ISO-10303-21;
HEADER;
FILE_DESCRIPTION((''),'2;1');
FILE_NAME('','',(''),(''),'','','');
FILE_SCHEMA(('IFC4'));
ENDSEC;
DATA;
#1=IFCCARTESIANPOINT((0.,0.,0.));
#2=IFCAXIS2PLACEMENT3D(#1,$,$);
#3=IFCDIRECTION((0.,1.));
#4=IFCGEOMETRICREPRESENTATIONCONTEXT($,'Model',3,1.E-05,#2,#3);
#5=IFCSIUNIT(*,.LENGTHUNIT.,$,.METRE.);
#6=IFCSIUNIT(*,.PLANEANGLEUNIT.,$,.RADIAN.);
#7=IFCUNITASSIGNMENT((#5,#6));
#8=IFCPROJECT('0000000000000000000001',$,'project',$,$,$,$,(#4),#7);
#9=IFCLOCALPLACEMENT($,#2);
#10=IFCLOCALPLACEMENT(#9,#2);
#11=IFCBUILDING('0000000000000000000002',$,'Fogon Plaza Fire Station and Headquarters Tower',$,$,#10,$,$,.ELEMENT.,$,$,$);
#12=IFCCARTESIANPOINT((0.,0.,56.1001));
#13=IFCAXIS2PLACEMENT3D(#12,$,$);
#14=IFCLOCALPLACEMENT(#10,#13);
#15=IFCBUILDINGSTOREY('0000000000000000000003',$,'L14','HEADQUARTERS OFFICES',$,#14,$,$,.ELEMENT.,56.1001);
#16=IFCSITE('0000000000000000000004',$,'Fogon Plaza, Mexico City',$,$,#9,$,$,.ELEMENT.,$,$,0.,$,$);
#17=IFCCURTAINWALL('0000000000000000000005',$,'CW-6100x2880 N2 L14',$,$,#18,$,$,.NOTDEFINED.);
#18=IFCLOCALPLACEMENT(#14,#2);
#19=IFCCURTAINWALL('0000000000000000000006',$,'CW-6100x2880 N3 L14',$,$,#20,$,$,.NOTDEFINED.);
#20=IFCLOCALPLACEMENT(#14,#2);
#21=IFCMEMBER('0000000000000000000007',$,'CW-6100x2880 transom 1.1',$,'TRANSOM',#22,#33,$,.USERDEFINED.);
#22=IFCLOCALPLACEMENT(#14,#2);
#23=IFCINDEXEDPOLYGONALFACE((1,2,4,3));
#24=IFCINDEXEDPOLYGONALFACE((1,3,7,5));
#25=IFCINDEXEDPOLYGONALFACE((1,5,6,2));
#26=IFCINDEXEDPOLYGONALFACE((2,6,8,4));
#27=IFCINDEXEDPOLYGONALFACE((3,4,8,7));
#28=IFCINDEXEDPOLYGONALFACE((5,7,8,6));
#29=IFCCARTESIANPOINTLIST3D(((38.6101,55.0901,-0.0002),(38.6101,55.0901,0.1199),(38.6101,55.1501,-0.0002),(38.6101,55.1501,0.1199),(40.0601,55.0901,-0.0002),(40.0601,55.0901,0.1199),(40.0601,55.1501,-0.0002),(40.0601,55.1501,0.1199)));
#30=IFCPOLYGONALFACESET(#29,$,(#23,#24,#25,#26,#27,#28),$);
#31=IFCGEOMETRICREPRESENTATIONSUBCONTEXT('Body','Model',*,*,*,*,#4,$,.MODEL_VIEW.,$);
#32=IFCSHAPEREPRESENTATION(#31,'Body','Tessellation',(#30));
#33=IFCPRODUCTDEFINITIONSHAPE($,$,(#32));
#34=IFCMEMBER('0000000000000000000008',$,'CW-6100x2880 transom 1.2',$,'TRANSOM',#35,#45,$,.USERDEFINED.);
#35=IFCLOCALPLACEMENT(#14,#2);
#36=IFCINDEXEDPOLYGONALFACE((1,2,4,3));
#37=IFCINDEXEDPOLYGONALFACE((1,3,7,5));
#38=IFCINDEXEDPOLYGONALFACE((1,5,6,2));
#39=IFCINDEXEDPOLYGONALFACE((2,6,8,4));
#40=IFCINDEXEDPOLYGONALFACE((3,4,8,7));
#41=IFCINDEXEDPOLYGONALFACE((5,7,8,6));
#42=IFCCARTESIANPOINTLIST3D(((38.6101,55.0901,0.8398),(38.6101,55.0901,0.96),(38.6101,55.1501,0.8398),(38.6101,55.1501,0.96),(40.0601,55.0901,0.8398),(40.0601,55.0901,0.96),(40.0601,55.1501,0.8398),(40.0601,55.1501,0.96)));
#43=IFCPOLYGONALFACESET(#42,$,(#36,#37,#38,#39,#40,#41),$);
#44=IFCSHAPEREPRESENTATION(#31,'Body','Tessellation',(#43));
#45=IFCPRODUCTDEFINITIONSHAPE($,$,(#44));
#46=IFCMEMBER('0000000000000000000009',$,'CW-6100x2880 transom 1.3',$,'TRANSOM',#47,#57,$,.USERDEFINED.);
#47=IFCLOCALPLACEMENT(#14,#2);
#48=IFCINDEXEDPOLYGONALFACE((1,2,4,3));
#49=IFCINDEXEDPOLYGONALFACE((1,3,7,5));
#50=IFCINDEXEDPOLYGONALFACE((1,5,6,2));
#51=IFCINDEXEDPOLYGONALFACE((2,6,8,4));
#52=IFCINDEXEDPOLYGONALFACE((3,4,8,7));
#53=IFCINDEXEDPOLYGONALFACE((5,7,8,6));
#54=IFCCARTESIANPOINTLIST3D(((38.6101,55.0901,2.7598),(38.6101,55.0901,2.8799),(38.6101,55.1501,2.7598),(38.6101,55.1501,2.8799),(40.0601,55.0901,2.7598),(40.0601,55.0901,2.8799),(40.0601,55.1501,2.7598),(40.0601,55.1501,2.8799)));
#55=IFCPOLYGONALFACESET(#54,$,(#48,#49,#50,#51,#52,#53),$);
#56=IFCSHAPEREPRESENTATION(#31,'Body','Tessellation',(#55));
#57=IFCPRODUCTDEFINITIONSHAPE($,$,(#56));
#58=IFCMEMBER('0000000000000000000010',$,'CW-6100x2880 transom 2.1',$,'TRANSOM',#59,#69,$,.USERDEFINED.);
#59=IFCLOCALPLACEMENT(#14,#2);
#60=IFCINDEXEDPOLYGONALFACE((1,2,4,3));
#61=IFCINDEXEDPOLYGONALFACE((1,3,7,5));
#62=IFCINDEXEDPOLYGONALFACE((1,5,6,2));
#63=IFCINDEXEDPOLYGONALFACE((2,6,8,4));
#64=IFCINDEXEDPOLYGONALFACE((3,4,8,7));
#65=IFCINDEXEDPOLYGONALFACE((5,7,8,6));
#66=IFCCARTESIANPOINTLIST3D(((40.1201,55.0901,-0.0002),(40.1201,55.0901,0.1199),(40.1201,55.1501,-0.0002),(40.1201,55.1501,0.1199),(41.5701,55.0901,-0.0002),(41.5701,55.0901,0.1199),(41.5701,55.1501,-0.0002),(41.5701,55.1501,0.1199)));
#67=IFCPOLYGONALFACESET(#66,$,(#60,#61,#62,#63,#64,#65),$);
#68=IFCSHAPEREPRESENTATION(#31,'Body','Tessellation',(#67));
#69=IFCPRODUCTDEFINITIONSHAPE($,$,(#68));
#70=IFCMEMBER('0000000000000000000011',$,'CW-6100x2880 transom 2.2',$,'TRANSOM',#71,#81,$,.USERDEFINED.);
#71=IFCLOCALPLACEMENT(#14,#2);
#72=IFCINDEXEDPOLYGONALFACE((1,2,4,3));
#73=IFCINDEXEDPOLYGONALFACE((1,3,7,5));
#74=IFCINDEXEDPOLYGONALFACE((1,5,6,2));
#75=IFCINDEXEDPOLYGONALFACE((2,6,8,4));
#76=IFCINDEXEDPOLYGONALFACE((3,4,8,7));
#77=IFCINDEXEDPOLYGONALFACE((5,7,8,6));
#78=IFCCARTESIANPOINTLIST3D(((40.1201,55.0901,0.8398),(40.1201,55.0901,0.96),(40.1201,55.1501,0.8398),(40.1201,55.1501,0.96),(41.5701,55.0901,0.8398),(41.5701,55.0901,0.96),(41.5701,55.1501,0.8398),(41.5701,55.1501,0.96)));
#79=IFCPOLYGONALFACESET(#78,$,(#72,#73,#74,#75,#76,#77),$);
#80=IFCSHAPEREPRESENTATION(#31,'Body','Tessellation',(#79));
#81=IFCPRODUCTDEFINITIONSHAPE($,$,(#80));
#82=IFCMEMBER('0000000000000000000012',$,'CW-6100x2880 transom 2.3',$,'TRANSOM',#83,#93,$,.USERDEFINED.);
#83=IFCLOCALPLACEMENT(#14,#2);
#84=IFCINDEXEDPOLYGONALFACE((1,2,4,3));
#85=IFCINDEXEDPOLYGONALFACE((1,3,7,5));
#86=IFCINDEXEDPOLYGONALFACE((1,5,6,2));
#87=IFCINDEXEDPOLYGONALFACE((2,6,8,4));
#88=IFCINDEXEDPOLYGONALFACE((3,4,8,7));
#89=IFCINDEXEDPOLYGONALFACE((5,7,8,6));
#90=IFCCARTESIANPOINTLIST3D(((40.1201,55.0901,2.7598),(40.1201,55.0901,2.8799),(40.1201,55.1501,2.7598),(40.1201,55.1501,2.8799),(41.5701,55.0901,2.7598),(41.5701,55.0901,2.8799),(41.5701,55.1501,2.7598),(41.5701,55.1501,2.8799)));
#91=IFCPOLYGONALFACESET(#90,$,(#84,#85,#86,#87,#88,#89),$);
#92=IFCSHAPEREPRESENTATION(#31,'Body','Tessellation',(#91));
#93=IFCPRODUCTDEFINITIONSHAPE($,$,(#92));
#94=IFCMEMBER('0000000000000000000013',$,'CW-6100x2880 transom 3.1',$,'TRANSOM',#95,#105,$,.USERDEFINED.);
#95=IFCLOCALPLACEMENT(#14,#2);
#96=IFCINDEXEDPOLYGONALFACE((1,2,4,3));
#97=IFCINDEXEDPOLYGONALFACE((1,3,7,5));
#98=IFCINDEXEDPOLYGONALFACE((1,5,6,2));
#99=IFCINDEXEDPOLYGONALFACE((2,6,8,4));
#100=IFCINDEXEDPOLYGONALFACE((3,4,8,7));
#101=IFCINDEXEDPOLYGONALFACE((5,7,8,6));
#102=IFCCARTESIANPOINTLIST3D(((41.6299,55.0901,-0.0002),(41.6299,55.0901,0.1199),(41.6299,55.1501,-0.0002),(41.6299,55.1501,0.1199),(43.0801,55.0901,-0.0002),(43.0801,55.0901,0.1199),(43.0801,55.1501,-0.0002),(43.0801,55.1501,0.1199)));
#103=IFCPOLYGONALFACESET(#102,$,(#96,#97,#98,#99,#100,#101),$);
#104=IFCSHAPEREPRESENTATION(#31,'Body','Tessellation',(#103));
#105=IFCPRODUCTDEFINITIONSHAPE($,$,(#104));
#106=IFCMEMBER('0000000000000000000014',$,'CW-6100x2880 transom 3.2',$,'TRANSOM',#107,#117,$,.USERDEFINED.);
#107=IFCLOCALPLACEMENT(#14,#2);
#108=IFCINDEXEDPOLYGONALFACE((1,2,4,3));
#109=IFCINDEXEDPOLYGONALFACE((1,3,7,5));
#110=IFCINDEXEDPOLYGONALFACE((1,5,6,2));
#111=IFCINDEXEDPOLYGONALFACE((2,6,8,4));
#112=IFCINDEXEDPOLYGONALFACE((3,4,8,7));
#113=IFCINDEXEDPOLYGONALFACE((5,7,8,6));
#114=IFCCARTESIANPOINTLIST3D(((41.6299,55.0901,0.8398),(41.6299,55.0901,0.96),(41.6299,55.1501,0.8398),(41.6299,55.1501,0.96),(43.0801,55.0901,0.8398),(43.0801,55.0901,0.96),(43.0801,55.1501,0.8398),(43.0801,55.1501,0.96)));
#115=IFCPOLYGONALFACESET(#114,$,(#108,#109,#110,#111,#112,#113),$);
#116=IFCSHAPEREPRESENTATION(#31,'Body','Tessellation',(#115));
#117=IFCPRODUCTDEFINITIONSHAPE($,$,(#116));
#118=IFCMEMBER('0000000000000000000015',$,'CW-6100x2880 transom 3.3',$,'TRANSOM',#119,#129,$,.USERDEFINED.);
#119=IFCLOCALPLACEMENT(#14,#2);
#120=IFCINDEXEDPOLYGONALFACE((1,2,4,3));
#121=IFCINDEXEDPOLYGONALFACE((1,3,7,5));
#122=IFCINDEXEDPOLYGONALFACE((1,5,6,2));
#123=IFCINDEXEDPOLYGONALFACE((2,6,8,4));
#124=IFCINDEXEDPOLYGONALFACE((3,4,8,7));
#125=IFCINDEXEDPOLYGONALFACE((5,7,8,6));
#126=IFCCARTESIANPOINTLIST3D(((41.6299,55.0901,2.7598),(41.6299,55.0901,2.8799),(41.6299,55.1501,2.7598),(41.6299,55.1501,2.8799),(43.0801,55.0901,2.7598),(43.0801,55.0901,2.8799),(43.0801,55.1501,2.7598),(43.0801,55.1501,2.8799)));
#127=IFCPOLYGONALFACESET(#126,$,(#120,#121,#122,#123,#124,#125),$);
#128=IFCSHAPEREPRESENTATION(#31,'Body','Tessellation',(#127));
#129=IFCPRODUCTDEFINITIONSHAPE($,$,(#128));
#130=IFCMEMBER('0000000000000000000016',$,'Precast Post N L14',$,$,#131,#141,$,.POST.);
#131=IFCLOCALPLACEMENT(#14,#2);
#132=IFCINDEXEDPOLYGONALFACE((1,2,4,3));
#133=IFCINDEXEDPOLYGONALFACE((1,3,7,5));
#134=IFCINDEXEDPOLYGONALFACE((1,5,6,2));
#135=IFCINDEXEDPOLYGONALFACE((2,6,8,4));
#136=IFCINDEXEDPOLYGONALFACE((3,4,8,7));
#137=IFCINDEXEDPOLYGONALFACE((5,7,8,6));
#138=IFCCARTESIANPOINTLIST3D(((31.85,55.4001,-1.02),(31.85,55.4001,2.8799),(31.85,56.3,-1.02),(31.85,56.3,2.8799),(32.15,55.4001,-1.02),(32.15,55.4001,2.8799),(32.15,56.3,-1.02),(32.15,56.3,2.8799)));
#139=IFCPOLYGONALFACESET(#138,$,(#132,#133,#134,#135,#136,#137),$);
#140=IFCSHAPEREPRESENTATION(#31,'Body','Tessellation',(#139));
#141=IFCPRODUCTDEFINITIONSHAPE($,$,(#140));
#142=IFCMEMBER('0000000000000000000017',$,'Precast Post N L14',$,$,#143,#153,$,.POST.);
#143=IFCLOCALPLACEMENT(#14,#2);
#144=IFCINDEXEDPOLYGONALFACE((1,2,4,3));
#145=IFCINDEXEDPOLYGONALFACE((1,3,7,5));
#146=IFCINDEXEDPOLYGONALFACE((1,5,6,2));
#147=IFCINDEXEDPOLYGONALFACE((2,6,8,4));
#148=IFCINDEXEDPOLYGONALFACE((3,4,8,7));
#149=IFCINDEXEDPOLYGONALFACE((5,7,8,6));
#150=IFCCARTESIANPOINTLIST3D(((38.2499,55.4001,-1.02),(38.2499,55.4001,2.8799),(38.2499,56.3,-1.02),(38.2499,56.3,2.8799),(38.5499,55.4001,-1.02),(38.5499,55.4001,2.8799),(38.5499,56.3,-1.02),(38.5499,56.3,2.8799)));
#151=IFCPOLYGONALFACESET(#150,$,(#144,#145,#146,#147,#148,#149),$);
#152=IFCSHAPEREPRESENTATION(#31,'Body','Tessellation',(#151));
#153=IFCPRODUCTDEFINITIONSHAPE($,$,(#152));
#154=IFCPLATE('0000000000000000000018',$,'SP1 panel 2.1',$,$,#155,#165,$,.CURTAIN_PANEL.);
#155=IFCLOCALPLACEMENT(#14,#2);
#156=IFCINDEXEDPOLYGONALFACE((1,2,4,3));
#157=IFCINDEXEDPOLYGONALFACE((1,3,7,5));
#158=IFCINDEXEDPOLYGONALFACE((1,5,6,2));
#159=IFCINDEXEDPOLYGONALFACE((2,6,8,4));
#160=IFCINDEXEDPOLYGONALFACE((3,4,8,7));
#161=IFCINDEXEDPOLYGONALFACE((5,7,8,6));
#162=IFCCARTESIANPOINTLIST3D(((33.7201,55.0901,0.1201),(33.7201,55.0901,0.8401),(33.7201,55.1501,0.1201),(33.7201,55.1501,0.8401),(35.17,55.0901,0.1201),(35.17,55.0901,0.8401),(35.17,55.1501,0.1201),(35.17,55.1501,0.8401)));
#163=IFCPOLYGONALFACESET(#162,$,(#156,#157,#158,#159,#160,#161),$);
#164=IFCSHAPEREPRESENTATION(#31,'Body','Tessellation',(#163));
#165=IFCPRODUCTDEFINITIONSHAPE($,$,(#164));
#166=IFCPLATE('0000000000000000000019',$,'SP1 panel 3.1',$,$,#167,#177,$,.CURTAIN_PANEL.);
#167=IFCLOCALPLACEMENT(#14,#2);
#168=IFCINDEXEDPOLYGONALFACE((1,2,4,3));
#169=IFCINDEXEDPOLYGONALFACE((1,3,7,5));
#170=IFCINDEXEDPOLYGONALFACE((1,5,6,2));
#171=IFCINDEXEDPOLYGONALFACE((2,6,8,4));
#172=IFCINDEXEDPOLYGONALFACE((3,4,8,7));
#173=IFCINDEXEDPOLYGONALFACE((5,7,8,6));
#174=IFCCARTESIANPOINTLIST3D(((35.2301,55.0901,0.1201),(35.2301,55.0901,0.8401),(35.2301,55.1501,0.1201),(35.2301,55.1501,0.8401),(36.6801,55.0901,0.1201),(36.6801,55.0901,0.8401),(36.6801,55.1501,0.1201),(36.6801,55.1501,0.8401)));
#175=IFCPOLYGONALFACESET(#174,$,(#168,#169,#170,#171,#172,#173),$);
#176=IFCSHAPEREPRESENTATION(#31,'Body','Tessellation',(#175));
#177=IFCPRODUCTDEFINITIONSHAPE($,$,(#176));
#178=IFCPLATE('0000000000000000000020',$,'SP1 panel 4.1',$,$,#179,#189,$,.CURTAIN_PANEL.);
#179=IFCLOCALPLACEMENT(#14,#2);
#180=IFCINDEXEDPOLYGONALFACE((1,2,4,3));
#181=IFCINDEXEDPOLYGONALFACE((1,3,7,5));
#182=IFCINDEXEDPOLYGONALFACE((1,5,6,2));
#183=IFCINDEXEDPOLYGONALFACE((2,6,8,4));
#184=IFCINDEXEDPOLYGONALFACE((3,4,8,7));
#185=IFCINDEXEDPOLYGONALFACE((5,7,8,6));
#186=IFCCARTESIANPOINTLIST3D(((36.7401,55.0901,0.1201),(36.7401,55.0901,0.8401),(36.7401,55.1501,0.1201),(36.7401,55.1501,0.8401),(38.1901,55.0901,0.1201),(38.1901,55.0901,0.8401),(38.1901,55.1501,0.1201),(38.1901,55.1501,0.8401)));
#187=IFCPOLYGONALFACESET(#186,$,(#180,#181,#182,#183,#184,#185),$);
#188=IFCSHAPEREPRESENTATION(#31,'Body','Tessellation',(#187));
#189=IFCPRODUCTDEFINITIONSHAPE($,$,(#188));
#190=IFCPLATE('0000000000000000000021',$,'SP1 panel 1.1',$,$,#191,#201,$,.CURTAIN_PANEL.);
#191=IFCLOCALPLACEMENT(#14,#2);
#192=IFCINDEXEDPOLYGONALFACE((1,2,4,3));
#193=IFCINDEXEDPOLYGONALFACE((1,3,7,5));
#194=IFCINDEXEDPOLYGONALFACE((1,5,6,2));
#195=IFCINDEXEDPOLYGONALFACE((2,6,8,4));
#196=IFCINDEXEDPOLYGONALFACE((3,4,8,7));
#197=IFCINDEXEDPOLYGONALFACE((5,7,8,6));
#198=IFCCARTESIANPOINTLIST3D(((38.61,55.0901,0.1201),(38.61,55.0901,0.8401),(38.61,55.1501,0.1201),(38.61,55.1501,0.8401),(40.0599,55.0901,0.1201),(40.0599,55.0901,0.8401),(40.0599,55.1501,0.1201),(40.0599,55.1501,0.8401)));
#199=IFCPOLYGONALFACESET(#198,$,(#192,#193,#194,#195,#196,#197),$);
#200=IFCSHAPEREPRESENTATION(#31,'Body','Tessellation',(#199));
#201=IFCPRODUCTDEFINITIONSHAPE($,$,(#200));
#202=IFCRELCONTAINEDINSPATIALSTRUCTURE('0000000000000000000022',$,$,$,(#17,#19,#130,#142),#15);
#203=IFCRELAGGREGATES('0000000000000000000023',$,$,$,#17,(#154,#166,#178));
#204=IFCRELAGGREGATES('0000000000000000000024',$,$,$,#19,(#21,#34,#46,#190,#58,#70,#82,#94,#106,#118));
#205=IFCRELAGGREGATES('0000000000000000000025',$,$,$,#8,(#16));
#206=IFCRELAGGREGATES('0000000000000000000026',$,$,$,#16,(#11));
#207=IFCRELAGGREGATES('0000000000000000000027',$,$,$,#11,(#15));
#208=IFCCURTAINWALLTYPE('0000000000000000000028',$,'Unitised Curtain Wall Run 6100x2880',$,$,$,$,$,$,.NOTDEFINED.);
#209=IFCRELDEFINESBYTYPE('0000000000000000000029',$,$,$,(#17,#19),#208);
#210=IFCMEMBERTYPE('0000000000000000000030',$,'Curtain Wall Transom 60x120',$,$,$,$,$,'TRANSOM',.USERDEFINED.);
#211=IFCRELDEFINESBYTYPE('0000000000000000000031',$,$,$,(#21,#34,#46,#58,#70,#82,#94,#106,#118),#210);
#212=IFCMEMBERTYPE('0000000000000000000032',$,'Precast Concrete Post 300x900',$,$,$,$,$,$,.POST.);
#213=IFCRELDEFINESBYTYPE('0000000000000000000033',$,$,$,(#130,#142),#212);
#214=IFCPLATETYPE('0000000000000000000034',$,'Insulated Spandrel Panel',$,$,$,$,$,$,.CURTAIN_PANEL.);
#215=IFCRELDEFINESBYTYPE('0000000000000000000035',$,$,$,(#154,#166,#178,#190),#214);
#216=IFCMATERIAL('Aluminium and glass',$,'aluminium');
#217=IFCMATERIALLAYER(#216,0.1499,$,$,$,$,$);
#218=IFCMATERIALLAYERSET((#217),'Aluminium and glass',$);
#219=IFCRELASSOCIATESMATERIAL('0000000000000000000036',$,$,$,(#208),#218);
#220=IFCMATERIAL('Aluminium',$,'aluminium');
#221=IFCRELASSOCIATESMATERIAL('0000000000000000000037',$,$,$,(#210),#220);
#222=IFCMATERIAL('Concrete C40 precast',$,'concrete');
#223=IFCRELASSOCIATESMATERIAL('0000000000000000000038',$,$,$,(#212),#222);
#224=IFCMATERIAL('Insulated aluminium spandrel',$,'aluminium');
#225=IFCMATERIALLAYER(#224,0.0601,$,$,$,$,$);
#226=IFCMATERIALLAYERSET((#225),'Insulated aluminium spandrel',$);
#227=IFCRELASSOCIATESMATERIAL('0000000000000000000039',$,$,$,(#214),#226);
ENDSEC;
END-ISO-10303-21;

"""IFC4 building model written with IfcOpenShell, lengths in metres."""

from ifc_helpers import new_model, si_unit, direction, frame, origin, origin_2d, place, context, subcontext, project, spatial, rectangle, extrude, material, layer, layer_set, material_profile, profile_set, type_object, element, aggregate, save


model = new_model("IFC4")

# Units and contexts
model_context = context("Model", 3, precision=1e-05, world=origin(), true_north=direction((0.0, 1.0)))
body_context = subcontext(model_context, "Body", "Model", "MODEL_VIEW")
ifc_project = project(units=[si_unit("LENGTHUNIT", "METRE"), si_unit("PLANEANGLEUNIT", "RADIAN")], contexts=[model_context])

# Site, building, storey
site_placement = place(None, origin())
site = spatial("IfcSite", under=ifc_project, at=site_placement, Name="Fogon Plaza, Mexico City", CompositionType="ELEMENT", RefElevation=0.0)
building_placement = place(site_placement, origin())
building = spatial("IfcBuilding", under=site, at=building_placement, Name="Fogon Plaza Fire Station and Headquarters Tower", CompositionType="ELEMENT")
storey_placement = place(building_placement, frame((0.0, 0.0, 56.1001)))
storey = spatial("IfcBuildingStorey", under=building, at=storey_placement, Name="L14", Description="HEADQUARTERS OFFICES", CompositionType="ELEMENT", Elevation=56.1001)

# Curtain walls
ifc_material_1 = material(Name="Aluminium and glass", Category="aluminium")
ifc_layer_1 = layer(ifc_material_1, 0.1499)
ifc_layer_set_1 = layer_set([ifc_layer_1], Name="Aluminium and glass")
curtain_wall_type = type_object("IfcCurtainWallType", Name="Unitised Curtain Wall Run 6100x2880", PredefinedType="NOTDEFINED", material=ifc_layer_set_1)
curtain_wall_1_placement = place(storey_placement, origin())
curtain_wall_1 = element("IfcCurtainWall", 1, at=curtain_wall_1_placement, inside=storey, type_object=curtain_wall_type, Name="CW-6100x2880 N2 L14", PredefinedType="NOTDEFINED")
curtain_wall_2_placement = place(storey_placement, origin())
curtain_wall_2 = element("IfcCurtainWall", 2, at=curtain_wall_2_placement, inside=storey, type_object=curtain_wall_type, Name="CW-6100x2880 N3 L14", PredefinedType="NOTDEFINED")

# Members
ifc_material_2 = material(Name="Aluminium", Category="aluminium")
ifc_material_profile_1 = material_profile(ifc_material_2, rectangle(XDim=0.0601, YDim=0.1201, at=origin_2d()), Name="Curtain Wall Transom 60x120")
ifc_profile_set_1 = profile_set([ifc_material_profile_1], Name="Aluminium")
member_type_1 = type_object("IfcMemberType", Name="Curtain Wall Transom 60x120", ElementType="TRANSOM", PredefinedType="USERDEFINED", material=ifc_profile_set_1)
member_1_placement = place(storey_placement, frame((38.6101, 55.1201, 0.0598), z_axis=(1.0, 0.0, 0.0), x_axis=(0.0, 1.0, 0.0)))
member_1 = element("IfcMember", 3, at=member_1_placement, type_object=member_type_1, Name="CW-6100x2880 transom 1.1", ObjectType="TRANSOM", PredefinedType="USERDEFINED", context=body_context, shape_type="SweptSolid", body=[
    extrude(rectangle(XDim=0.0601, YDim=0.1201, at=origin_2d()), origin(), (0.0, 0.0, 1.0), 1.45),
])
member_2_placement = place(storey_placement, frame((38.6101, 55.1201, 0.8999), z_axis=(1.0, 0.0, 0.0), x_axis=(0.0, 1.0, 0.0)))
member_2 = element("IfcMember", 4, at=member_2_placement, type_object=member_type_1, Name="CW-6100x2880 transom 1.2", ObjectType="TRANSOM", PredefinedType="USERDEFINED", context=body_context, shape_type="SweptSolid", body=[
    extrude(rectangle(XDim=0.0601, YDim=0.1201, at=origin_2d()), origin(), (0.0, 0.0, 1.0), 1.45),
])
member_3_placement = place(storey_placement, frame((38.6101, 55.1201, 2.8198), z_axis=(1.0, 0.0, 0.0), x_axis=(0.0, 1.0, 0.0)))
member_3 = element("IfcMember", 5, at=member_3_placement, type_object=member_type_1, Name="CW-6100x2880 transom 1.3", ObjectType="TRANSOM", PredefinedType="USERDEFINED", context=body_context, shape_type="SweptSolid", body=[
    extrude(rectangle(XDim=0.0601, YDim=0.1201, at=origin_2d()), origin(), (0.0, 0.0, 1.0), 1.45),
])
member_4_placement = place(storey_placement, frame((40.1201, 55.1201, 0.0598), z_axis=(1.0, 0.0, 0.0), x_axis=(0.0, 1.0, 0.0)))
member_4 = element("IfcMember", 6, at=member_4_placement, type_object=member_type_1, Name="CW-6100x2880 transom 2.1", ObjectType="TRANSOM", PredefinedType="USERDEFINED", context=body_context, shape_type="SweptSolid", body=[
    extrude(rectangle(XDim=0.0601, YDim=0.1201, at=origin_2d()), origin(), (0.0, 0.0, 1.0), 1.45),
])
member_5_placement = place(storey_placement, frame((40.1201, 55.1201, 0.8999), z_axis=(1.0, 0.0, 0.0), x_axis=(0.0, 1.0, 0.0)))
member_5 = element("IfcMember", 7, at=member_5_placement, type_object=member_type_1, Name="CW-6100x2880 transom 2.2", ObjectType="TRANSOM", PredefinedType="USERDEFINED", context=body_context, shape_type="SweptSolid", body=[
    extrude(rectangle(XDim=0.0601, YDim=0.1201, at=origin_2d()), origin(), (0.0, 0.0, 1.0), 1.45),
])
member_6_placement = place(storey_placement, frame((40.1201, 55.1201, 2.8198), z_axis=(1.0, 0.0, 0.0), x_axis=(0.0, 1.0, 0.0)))
member_6 = element("IfcMember", 8, at=member_6_placement, type_object=member_type_1, Name="CW-6100x2880 transom 2.3", ObjectType="TRANSOM", PredefinedType="USERDEFINED", context=body_context, shape_type="SweptSolid", body=[
    extrude(rectangle(XDim=0.0601, YDim=0.1201, at=origin_2d()), origin(), (0.0, 0.0, 1.0), 1.45),
])
member_7_placement = place(storey_placement, frame((41.6299, 55.1201, 0.0598), z_axis=(1.0, 0.0, 0.0), x_axis=(0.0, 1.0, 0.0)))
member_7 = element("IfcMember", 9, at=member_7_placement, type_object=member_type_1, Name="CW-6100x2880 transom 3.1", ObjectType="TRANSOM", PredefinedType="USERDEFINED", context=body_context, shape_type="SweptSolid", body=[
    extrude(rectangle(XDim=0.0601, YDim=0.1201, at=origin_2d()), origin(), (0.0, 0.0, 1.0), 1.4502),
])
member_8_placement = place(storey_placement, frame((41.6299, 55.1201, 0.8999), z_axis=(1.0, 0.0, 0.0), x_axis=(0.0, 1.0, 0.0)))
member_8 = element("IfcMember", 10, at=member_8_placement, type_object=member_type_1, Name="CW-6100x2880 transom 3.2", ObjectType="TRANSOM", PredefinedType="USERDEFINED", context=body_context, shape_type="SweptSolid", body=[
    extrude(rectangle(XDim=0.0601, YDim=0.1201, at=origin_2d()), origin(), (0.0, 0.0, 1.0), 1.4502),
])
member_9_placement = place(storey_placement, frame((41.6299, 55.1201, 2.8198), z_axis=(1.0, 0.0, 0.0), x_axis=(0.0, 1.0, 0.0)))
member_9 = element("IfcMember", 11, at=member_9_placement, type_object=member_type_1, Name="CW-6100x2880 transom 3.3", ObjectType="TRANSOM", PredefinedType="USERDEFINED", context=body_context, shape_type="SweptSolid", body=[
    extrude(rectangle(XDim=0.0601, YDim=0.1201, at=origin_2d()), origin(), (0.0, 0.0, 1.0), 1.4502),
])

# Members
ifc_material_3 = material(Name="Concrete C40 precast", Category="concrete")
ifc_material_profile_2 = material_profile(ifc_material_3, rectangle(XDim=0.3, YDim=0.8999, at=origin_2d()), Name="Precast Concrete Post 300x900")
ifc_profile_set_2 = profile_set([ifc_material_profile_2], Name="Concrete C40 precast")
member_type_2 = type_object("IfcMemberType", Name="Precast Concrete Post 300x900", PredefinedType="POST", material=ifc_profile_set_2)
for number, where, z_axis, x_axis, name in (
    (12, (32.0, 55.8501, -1.02), (0.0, 0.0, 1.0), (1.0, 0.0, 0.0), "Precast Post N L14"),
    (13, (38.3999, 55.8501, -1.02), (0.0, 0.0, 1.0), (1.0, 0.0, 0.0), "Precast Post N L14"),
):
    element("IfcMember", number, at=place(storey_placement, frame(where, z_axis=z_axis, x_axis=x_axis)), inside=storey, type_object=member_type_2, Name=name, PredefinedType="POST", context=body_context, shape_type="SweptSolid", body=[
        extrude(rectangle(XDim=0.3, YDim=0.8999, at=origin_2d()), origin(), (0.0, 0.0, 1.0), 3.8999),
    ])

# Plates
ifc_material_4 = material(Name="Insulated aluminium spandrel", Category="aluminium")
ifc_layer_2 = layer(ifc_material_4, 0.0601)
ifc_layer_set_2 = layer_set([ifc_layer_2], Name="Insulated aluminium spandrel")
plate_type_1 = type_object("IfcPlateType", Name="Insulated Spandrel Panel", PredefinedType="CURTAIN_PANEL", material=ifc_layer_set_2)
plate_1_placement = place(storey_placement, frame((34.4451, 55.1201, 0.1201), z_axis=(0.0, 0.0, 1.0), x_axis=(1.0, 0.0, 0.0)))
plate_1 = element("IfcPlate", 14, at=plate_1_placement, type_object=plate_type_1, Name="SP1 panel 2.1", PredefinedType="CURTAIN_PANEL", context=body_context, shape_type="SweptSolid", body=[
    extrude(rectangle(XDim=1.45, YDim=0.0601, at=origin_2d()), origin(), (0.0, 0.0, 1.0), 0.72),
])
plate_2_placement = place(storey_placement, frame((35.9551, 55.1201, 0.1201), z_axis=(0.0, 0.0, 1.0), x_axis=(1.0, 0.0, 0.0)))
plate_2 = element("IfcPlate", 15, at=plate_2_placement, type_object=plate_type_1, Name="SP1 panel 3.1", PredefinedType="CURTAIN_PANEL", context=body_context, shape_type="SweptSolid", body=[
    extrude(rectangle(XDim=1.45, YDim=0.0601, at=origin_2d()), origin(), (0.0, 0.0, 1.0), 0.72),
])
plate_3_placement = place(storey_placement, frame((37.4651, 55.1201, 0.1201), z_axis=(0.0, 0.0, 1.0), x_axis=(1.0, 0.0, 0.0)))
plate_3 = element("IfcPlate", 16, at=plate_3_placement, type_object=plate_type_1, Name="SP1 panel 4.1", PredefinedType="CURTAIN_PANEL", context=body_context, shape_type="SweptSolid", body=[
    extrude(rectangle(XDim=1.45, YDim=0.0601, at=origin_2d()), origin(), (0.0, 0.0, 1.0), 0.72),
])
plate_4_placement = place(storey_placement, frame((39.335, 55.1201, 0.1201), z_axis=(0.0, 0.0, 1.0), x_axis=(1.0, 0.0, 0.0)))
plate_4 = element("IfcPlate", 17, at=plate_4_placement, type_object=plate_type_1, Name="SP1 panel 1.1", PredefinedType="CURTAIN_PANEL", context=body_context, shape_type="SweptSolid", body=[
    extrude(rectangle(XDim=1.45, YDim=0.0601, at=origin_2d()), origin(), (0.0, 0.0, 1.0), 0.72),
])
aggregate(curtain_wall_1, [plate_1, plate_2, plate_3])
aggregate(curtain_wall_2, [member_1, member_2, member_3, plate_4, member_4, member_5, member_6, member_7, member_8, member_9])

save(model, "model.ifc")
